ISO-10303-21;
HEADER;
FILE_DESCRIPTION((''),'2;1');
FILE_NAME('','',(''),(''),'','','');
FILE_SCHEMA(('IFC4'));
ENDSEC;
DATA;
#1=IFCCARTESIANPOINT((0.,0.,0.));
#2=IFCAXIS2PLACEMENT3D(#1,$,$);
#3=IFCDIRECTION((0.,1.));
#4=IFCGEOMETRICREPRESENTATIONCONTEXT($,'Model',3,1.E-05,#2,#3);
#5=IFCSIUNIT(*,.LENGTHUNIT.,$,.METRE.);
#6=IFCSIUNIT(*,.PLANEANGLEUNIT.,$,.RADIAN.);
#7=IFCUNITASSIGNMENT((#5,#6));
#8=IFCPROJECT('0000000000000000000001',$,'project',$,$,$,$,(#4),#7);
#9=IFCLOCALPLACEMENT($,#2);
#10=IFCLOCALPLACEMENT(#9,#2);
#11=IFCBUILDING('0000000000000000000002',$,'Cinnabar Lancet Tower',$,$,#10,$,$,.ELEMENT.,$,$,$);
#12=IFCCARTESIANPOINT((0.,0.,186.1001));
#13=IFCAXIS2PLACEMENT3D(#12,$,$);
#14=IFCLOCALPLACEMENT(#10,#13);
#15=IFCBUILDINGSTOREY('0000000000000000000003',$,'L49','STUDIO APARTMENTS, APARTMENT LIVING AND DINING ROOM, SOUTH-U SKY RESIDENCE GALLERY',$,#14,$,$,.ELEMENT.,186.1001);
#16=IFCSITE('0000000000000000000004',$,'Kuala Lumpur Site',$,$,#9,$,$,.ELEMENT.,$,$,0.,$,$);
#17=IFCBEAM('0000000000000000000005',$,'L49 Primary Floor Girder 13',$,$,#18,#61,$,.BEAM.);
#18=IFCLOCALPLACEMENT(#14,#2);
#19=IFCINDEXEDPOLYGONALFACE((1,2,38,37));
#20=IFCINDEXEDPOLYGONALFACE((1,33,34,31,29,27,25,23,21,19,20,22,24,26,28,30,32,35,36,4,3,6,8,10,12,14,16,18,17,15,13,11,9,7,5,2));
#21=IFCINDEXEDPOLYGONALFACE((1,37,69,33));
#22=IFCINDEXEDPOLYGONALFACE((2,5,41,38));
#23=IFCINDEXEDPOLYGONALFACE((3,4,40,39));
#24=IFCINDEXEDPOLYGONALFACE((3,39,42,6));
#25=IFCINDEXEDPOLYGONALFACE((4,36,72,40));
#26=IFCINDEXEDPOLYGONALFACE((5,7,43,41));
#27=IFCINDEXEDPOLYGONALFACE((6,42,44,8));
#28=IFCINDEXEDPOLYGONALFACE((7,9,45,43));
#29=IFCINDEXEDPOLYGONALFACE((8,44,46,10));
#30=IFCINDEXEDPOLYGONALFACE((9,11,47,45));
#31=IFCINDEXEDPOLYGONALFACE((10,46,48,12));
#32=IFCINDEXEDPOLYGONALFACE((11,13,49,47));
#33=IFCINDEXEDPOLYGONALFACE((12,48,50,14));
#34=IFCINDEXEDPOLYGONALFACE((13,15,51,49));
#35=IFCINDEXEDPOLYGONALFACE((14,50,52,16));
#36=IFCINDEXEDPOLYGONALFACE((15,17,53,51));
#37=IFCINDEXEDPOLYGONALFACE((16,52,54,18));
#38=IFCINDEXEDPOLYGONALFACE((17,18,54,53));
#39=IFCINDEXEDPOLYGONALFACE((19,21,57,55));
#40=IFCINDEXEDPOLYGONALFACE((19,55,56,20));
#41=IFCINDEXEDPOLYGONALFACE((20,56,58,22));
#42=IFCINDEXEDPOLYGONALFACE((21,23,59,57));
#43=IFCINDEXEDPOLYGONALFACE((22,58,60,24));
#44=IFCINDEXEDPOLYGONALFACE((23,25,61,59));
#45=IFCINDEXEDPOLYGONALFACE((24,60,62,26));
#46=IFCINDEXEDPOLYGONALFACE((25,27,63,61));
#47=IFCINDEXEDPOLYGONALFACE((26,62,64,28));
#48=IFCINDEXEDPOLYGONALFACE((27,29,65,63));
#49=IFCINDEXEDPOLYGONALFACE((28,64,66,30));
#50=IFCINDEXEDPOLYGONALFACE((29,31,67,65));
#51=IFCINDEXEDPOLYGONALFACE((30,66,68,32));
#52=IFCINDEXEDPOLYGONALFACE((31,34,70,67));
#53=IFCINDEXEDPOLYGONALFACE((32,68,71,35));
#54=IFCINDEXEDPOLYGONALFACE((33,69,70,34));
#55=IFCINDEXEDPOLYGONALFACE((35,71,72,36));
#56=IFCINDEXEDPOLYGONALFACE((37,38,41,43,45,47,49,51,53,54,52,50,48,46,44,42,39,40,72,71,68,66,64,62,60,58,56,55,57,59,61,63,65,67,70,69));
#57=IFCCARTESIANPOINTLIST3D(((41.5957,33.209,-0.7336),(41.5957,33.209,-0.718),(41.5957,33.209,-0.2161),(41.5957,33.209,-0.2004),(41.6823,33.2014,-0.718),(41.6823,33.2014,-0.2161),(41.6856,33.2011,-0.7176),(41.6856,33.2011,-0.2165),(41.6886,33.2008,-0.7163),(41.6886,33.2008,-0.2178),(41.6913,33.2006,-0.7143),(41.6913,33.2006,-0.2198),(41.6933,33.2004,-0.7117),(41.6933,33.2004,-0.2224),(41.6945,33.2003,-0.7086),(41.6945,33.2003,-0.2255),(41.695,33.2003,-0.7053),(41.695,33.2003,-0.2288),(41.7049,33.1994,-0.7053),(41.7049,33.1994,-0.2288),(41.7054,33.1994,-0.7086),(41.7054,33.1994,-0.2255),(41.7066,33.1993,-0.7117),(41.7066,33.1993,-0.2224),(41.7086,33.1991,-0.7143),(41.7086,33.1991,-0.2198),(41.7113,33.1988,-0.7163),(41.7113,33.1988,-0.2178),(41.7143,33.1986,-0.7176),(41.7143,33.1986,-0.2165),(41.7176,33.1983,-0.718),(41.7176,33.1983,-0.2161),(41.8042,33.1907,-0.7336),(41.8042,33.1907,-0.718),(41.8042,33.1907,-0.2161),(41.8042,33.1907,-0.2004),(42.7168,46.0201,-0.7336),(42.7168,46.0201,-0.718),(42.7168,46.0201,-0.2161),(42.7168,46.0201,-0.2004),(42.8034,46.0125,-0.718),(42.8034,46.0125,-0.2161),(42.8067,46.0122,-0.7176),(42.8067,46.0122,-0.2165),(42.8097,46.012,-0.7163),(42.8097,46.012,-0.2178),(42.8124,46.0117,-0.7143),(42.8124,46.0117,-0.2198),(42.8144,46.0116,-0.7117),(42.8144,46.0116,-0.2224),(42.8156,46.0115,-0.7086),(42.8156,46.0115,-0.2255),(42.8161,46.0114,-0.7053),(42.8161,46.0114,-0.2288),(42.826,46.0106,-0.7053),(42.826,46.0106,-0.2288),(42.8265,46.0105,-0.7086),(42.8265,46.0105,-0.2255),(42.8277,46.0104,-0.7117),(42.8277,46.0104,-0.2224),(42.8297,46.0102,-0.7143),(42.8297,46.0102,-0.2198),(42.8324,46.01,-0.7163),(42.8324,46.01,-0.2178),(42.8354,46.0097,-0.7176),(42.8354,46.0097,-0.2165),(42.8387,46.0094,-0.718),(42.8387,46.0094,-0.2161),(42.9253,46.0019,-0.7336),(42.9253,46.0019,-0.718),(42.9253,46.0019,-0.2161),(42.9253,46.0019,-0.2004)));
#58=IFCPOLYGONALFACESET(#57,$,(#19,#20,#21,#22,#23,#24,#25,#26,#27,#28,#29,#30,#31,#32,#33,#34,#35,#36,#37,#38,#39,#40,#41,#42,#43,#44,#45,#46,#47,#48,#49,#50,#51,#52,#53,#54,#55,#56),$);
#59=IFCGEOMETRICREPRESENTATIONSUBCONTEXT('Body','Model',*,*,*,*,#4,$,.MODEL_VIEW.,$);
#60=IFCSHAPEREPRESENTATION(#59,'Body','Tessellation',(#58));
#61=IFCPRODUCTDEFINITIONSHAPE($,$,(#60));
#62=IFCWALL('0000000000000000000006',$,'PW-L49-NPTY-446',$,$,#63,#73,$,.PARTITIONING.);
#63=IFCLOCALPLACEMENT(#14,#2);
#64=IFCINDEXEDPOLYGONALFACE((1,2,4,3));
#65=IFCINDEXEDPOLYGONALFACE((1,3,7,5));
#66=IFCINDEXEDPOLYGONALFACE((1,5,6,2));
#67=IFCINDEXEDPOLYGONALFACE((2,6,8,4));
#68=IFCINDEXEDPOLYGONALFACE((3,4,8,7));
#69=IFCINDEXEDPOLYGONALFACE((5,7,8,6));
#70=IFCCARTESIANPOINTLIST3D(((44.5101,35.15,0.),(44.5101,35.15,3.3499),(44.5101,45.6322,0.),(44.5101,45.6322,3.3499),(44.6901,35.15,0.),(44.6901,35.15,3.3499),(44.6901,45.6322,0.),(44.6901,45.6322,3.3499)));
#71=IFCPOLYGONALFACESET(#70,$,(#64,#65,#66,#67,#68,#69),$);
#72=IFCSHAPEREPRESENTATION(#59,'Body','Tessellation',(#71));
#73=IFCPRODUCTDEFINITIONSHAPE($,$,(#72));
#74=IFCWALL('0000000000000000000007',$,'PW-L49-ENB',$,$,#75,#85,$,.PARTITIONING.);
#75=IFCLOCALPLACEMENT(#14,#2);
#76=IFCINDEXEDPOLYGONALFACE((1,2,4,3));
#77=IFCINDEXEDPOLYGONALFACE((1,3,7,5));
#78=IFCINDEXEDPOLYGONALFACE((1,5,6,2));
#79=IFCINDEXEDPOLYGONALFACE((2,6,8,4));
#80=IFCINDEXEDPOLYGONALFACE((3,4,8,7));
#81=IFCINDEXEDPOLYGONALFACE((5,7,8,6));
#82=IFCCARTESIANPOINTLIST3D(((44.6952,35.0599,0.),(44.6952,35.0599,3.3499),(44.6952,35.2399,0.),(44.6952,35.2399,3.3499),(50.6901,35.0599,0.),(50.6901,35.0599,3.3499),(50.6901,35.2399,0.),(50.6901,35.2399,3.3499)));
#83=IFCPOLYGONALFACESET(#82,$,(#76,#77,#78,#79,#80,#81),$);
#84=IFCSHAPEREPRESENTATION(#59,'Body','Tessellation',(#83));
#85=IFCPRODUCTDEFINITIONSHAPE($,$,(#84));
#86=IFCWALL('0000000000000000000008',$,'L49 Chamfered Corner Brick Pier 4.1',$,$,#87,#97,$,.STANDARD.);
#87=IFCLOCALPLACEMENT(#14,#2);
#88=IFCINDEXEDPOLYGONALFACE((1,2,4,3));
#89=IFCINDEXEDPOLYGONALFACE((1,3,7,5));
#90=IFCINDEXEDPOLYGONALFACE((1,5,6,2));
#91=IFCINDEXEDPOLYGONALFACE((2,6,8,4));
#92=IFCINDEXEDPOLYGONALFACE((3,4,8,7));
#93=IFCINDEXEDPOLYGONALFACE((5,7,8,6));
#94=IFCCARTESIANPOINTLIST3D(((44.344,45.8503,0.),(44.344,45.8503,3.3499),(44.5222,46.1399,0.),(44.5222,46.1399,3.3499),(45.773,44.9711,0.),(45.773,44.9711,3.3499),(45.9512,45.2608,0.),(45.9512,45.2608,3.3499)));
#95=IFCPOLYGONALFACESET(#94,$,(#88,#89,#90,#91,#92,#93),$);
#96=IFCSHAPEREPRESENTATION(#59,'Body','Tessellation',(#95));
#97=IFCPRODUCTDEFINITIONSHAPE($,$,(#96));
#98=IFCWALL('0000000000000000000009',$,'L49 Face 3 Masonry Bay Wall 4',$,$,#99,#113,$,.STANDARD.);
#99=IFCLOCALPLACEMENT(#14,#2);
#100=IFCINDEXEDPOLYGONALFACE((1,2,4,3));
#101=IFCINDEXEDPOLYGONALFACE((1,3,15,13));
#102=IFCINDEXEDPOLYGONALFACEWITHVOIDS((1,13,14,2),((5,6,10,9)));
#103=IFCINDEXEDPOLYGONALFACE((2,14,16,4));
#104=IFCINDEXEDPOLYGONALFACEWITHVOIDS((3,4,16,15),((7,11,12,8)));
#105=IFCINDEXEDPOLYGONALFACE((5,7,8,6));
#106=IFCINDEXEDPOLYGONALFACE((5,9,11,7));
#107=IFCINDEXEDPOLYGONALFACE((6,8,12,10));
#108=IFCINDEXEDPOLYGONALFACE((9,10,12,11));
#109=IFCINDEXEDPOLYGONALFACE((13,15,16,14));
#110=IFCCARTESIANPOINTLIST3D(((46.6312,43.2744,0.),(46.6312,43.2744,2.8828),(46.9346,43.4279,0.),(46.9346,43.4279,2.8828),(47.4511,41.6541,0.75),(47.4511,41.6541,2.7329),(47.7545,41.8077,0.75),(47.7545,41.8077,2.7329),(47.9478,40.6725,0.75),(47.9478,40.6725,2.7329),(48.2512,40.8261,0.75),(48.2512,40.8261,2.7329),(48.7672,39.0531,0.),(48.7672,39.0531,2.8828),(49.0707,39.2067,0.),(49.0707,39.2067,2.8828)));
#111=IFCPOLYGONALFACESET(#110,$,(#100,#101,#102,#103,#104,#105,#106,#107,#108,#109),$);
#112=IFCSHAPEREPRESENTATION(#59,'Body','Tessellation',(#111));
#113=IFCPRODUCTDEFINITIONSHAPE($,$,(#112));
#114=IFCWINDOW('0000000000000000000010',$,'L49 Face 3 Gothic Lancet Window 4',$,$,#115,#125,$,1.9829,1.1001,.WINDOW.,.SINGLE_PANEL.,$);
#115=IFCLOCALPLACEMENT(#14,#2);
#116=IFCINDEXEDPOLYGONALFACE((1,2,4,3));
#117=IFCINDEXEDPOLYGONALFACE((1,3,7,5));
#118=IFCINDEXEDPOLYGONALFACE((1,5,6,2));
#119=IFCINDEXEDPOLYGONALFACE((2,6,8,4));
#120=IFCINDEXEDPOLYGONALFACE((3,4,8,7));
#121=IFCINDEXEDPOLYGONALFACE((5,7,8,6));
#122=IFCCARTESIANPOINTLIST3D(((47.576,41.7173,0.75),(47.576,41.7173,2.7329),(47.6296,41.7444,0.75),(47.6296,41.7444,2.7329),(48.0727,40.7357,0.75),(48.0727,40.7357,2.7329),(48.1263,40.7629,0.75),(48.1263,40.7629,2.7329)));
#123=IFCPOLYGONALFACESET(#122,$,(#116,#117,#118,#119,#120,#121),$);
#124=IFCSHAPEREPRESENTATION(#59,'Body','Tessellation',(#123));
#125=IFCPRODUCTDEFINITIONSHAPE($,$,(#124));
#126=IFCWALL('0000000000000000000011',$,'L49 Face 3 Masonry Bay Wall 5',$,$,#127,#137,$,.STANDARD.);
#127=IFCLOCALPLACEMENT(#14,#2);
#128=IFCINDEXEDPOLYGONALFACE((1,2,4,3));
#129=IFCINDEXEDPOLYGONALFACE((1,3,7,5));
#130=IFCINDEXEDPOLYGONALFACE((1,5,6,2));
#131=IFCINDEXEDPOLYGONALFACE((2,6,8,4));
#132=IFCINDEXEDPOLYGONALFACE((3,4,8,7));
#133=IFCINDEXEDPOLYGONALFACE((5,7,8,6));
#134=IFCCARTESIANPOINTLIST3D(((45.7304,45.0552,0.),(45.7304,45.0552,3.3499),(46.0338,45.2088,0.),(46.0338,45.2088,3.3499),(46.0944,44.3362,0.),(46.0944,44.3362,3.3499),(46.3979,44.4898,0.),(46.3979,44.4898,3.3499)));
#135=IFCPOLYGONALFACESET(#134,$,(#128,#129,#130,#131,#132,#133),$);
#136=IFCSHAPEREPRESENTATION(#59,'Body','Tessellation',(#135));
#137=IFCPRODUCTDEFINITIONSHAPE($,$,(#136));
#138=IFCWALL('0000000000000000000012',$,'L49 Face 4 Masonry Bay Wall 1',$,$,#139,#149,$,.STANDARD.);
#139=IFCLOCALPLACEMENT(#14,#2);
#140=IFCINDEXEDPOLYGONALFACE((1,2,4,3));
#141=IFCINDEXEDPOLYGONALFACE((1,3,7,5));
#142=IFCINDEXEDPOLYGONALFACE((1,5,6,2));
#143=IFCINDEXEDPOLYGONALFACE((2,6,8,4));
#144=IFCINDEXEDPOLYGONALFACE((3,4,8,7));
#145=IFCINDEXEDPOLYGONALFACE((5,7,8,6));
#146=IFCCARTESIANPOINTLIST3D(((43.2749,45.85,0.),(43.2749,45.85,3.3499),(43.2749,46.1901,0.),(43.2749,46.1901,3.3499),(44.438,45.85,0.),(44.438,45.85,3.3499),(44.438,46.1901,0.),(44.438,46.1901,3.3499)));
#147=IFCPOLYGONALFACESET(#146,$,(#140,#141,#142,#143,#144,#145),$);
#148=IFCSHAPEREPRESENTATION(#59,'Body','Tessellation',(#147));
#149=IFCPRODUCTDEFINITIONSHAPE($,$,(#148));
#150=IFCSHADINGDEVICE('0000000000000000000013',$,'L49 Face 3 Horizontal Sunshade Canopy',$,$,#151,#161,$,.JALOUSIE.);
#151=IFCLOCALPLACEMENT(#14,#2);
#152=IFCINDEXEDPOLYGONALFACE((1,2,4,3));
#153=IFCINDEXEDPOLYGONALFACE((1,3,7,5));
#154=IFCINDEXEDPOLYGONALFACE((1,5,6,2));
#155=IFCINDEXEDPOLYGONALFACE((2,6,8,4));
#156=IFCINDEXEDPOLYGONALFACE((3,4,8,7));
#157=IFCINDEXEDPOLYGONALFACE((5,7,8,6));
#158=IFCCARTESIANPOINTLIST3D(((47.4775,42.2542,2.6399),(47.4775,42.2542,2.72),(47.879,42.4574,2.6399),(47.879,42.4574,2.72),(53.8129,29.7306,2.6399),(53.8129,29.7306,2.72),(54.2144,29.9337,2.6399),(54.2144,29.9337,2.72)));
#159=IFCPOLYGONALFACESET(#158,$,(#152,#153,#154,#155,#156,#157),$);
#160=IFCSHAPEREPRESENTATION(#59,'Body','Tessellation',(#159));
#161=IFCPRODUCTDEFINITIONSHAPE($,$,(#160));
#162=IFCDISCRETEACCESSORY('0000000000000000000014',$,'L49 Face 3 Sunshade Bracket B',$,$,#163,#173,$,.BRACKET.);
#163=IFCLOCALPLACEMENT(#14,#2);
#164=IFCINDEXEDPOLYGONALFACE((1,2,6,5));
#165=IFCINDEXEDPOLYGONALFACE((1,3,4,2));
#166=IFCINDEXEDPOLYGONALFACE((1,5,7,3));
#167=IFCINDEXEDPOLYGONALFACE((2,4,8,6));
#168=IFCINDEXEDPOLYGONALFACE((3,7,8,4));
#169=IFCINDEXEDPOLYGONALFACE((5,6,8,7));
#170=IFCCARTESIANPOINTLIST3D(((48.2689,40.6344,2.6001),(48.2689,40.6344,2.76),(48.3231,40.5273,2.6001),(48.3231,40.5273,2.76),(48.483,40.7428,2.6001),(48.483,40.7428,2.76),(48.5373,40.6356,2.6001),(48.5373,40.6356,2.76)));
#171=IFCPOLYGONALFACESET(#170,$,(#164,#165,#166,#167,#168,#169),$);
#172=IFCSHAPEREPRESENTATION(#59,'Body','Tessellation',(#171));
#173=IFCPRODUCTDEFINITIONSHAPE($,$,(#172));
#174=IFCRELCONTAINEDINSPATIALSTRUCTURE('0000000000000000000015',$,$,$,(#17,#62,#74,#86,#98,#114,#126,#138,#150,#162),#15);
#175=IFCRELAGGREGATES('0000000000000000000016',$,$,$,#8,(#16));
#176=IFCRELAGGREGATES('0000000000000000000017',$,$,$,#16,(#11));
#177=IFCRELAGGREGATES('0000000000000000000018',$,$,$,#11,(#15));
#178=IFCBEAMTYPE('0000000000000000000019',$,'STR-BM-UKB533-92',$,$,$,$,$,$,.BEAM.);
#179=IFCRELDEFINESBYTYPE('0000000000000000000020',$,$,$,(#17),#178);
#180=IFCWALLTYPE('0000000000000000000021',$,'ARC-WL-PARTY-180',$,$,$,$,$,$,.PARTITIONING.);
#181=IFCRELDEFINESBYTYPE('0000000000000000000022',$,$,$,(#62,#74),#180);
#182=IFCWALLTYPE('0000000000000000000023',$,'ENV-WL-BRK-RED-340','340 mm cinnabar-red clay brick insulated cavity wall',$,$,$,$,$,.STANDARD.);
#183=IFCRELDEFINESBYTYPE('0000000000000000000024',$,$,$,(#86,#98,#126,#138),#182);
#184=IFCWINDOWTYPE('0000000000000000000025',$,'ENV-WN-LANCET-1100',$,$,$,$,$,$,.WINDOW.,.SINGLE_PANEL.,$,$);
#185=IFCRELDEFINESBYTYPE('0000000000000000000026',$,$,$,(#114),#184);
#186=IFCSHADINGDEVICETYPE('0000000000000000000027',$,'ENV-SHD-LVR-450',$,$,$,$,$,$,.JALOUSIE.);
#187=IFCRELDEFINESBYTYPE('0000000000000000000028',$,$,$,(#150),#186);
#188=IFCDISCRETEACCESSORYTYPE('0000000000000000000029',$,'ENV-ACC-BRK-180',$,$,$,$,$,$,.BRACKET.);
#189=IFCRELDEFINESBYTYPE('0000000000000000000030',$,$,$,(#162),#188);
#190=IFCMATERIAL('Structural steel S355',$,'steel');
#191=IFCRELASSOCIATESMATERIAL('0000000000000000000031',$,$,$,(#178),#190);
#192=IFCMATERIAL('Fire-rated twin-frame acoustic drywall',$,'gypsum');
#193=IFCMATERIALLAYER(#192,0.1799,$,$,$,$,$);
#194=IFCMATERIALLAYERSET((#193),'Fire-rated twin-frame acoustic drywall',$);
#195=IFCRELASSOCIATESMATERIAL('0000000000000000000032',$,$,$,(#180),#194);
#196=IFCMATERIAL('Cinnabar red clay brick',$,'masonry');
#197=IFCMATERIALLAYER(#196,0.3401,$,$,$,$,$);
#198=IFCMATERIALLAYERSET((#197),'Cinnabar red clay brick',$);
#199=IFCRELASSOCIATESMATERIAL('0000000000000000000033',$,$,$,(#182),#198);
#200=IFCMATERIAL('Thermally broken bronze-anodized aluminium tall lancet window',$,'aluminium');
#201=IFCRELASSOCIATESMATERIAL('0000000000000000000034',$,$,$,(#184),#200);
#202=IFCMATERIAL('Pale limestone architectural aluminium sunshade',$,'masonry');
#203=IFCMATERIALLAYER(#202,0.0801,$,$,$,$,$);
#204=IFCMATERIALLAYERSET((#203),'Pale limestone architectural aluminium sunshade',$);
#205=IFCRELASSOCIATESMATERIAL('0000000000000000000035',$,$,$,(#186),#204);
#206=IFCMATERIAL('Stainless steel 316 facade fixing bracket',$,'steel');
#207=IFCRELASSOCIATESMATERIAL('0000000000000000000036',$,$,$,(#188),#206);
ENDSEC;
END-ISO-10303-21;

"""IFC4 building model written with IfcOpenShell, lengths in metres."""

from ifc_helpers import new_model, si_unit, direction, frame, frame_2d, origin, origin_2d, place, context, subcontext, project, spatial, rectangle, i_section, extrude, material, layer, layer_set, material_profile, profile_set, type_object, element, fill, save


model = new_model("IFC4")

# Units and contexts
model_context = context("Model", 3, precision=1e-05, world=origin(), true_north=direction((0.0, 1.0)))
body_context = subcontext(model_context, "Body", "Model", "MODEL_VIEW")
ifc_project = project(units=[si_unit("LENGTHUNIT", "METRE"), si_unit("PLANEANGLEUNIT", "RADIAN")], contexts=[model_context])

# Site, building, storey
site_placement = place(None, origin())
site = spatial("IfcSite", under=ifc_project, at=site_placement, Name="Kuala Lumpur Site", CompositionType="ELEMENT", RefElevation=0.0)
building_placement = place(site_placement, origin())
building = spatial("IfcBuilding", under=site, at=building_placement, Name="Cinnabar Lancet Tower", CompositionType="ELEMENT")
storey_placement = place(building_placement, frame((0.0, 0.0, 186.1001)))
storey = spatial("IfcBuildingStorey", under=building, at=storey_placement, Name="L49", Description="STUDIO APARTMENTS, APARTMENT LIVING AND DINING ROOM, SOUTH-U SKY RESIDENCE GALLERY", CompositionType="ELEMENT", Elevation=186.1001)

# Beam
ifc_material_1 = material(Name="Structural steel S355", Category="steel")
ifc_material_profile_1 = material_profile(ifc_material_1, i_section(OverallWidth=0.2092, OverallDepth=0.5332, WebThickness=0.01, FlangeThickness=0.0156, FilletRadius=0.0127, at=origin_2d()), Name="UKB 533x210x92")
ifc_profile_set_1 = profile_set([ifc_material_profile_1], Name="Structural steel S355")
beam_type_1 = type_object("IfcBeamType", Name="STR-BM-UKB533-92", PredefinedType="BEAM", material=ifc_profile_set_1)
beam_1_placement = place(storey_placement, frame((42.821, 46.011, -0.467), z_axis=(-0.087177, -0.996193, 0.0), x_axis=(0.996193, -0.087177, 0.0)))
element("IfcBeam", 1, at=beam_1_placement, inside=storey, type_object=beam_type_1, Name="L49 Primary Floor Girder 13", PredefinedType="BEAM", context=body_context, shape_type="SweptSolid", body=[
    extrude(i_section(OverallWidth=0.2092, OverallDepth=0.5332, WebThickness=0.01, FlangeThickness=0.0156, FilletRadius=0.0127, at=origin_2d()), origin(), (0.0, 0.0, 1.0), 12.8601),
])

# Walls
ifc_material_2 = material(Name="Fire-rated twin-frame acoustic drywall", Category="gypsum")
ifc_layer_1 = layer(ifc_material_2, 0.1799)
ifc_layer_set_1 = layer_set([ifc_layer_1], Name="Fire-rated twin-frame acoustic drywall")
wall_type_1 = type_object("IfcWallType", Name="ARC-WL-PARTY-180", PredefinedType="PARTITIONING", material=ifc_layer_set_1)
wall_1_placement = place(storey_placement, frame((44.6001, 35.1499, 0.0), z_axis=(0.0, 0.0, 1.0), x_axis=(0.0, 1.0, 0.0)))
element("IfcWall", 2, at=wall_1_placement, inside=storey, type_object=wall_type_1, Name="PW-L49-NPTY-446", PredefinedType="PARTITIONING", context=body_context, shape_type="SweptSolid", body=[
    extrude(rectangle(XDim=10.4822, YDim=0.1799, at=frame_2d((5.2412, 0.0))), origin(), (0.0, 0.0, 1.0), 3.3499),
])
wall_2_placement = place(storey_placement, frame((44.6951, 35.1499, 0.0), z_axis=(0.0, 0.0, 1.0), x_axis=(1.0, 0.0, 0.0)))
element("IfcWall", 3, at=wall_2_placement, inside=storey, type_object=wall_type_1, Name="PW-L49-ENB", PredefinedType="PARTITIONING", context=body_context, shape_type="SweptSolid", body=[
    extrude(rectangle(XDim=5.9949, YDim=0.1799, at=frame_2d((2.9976, 0.0))), origin(), (0.0, 0.0, 1.0), 3.3499),
])
ifc_material_3 = material(Name="Cinnabar red clay brick", Category="masonry")
ifc_layer_2 = layer(ifc_material_3, 0.3401)
ifc_layer_set_2 = layer_set([ifc_layer_2], Name="Cinnabar red clay brick")
wall_type_2 = type_object("IfcWallType", Name="ENV-WL-BRK-RED-340", Description="340 mm cinnabar-red clay brick insulated cavity wall", PredefinedType="STANDARD", material=ifc_layer_set_2)
wall_3_placement = place(storey_placement, frame((45.8621, 45.116, 0.0), z_axis=(0.0, 0.0, 1.0), x_axis=(-0.851713, 0.524008, 0.0)))
element("IfcWall", 4, at=wall_3_placement, inside=storey, type_object=wall_type_2, Name="L49 Chamfered Corner Brick Pier 4.1", PredefinedType="STANDARD", context=body_context, shape_type="SweptSolid", body=[
    extrude(rectangle(XDim=1.6777, YDim=0.3401, at=frame_2d((0.8389, 0.0))), origin(), (0.0, 0.0, 1.0), 3.3499),
])

# Wall, opening, window
wall_4_placement = place(storey_placement, frame((48.9189, 39.1299, 0.0), z_axis=(0.0, 0.0, 1.0), x_axis=(-0.451502, 0.89227, 0.0)))
wall_4 = element("IfcWall", 5, at=wall_4_placement, inside=storey, type_object=wall_type_2, Name="L49 Face 3 Masonry Bay Wall 4", PredefinedType="STANDARD", context=body_context, shape_type="SweptSolid", body=[
    extrude(rectangle(XDim=4.731, YDim=0.3401, at=frame_2d((2.3655, 0.0))), origin(), (0.0, 0.0, 1.0), 2.8828),
])
opening_placement = place(wall_4_placement, frame((1.8149, 0.0, 0.75)))
opening = element("IfcOpeningElement", 6, at=opening_placement, cuts=wall_4, PredefinedType="OPENING", context=body_context, shape_type="SweptSolid", body=[
    extrude(rectangle(XDim=1.1001, YDim=1.9829, at=frame_2d((0.55, 0.9915))), frame((0.0, 0.1799, 0.0), z_axis=(0.0, -1.0, 0.0), x_axis=(1.0, 0.0, 0.0)), (0.0, 0.0, 1.0), 0.3601),
])
ifc_material_4 = material(Name="Thermally broken bronze-anodized aluminium tall lancet window", Category="aluminium")
window_type = type_object("IfcWindowType", Name="ENV-WN-LANCET-1100", PartitioningType="SINGLE_PANEL", PredefinedType="WINDOW", material=ifc_material_4)
window_placement = place(opening_placement, origin())
window = element("IfcWindow", 7, at=window_placement, inside=storey, type_object=window_type, Name="L49 Face 3 Gothic Lancet Window 4", OverallHeight=1.9829, OverallWidth=1.1001, PartitioningType="SINGLE_PANEL", PredefinedType="WINDOW", context=body_context, shape_type="SweptSolid", body=[
    extrude(rectangle(XDim=1.1001, YDim=1.9829, at=frame_2d((0.55, 0.9915))), frame((0.0, 0.03, 0.0), z_axis=(0.0, -1.0, 0.0), x_axis=(1.0, 0.0, 0.0)), (0.0, 0.0, 1.0), 0.0601),
])
fill(opening, window)

# Walls
wall_5_placement = place(storey_placement, frame((46.2461, 44.4131, 0.0), z_axis=(0.0, 0.0, 1.0), x_axis=(-0.451692, 0.892174, 0.0)))
element("IfcWall", 8, at=wall_5_placement, inside=storey, type_object=wall_type_2, Name="L49 Face 3 Masonry Bay Wall 5", PredefinedType="STANDARD", context=body_context, shape_type="SweptSolid", body=[
    extrude(rectangle(XDim=0.8059, YDim=0.3401, at=frame_2d((0.4028, 0.0))), origin(), (0.0, 0.0, 1.0), 3.3499),
])
wall_6_placement = place(storey_placement, frame((44.438, 46.02, 0.0), z_axis=(0.0, 0.0, 1.0), x_axis=(-1.0, 0.0, 0.0)))
element("IfcWall", 9, at=wall_6_placement, inside=storey, type_object=wall_type_2, Name="L49 Face 4 Masonry Bay Wall 1", PredefinedType="STANDARD", context=body_context, shape_type="SweptSolid", body=[
    extrude(rectangle(XDim=1.1631, YDim=0.3401, at=frame_2d((0.5815, 0.0))), origin(), (0.0, 0.0, 1.0), 3.3499),
])

# Shading device
ifc_material_5 = material(Name="Pale limestone architectural aluminium sunshade", Category="masonry")
ifc_layer_3 = layer(ifc_material_5, 0.0801)
ifc_layer_set_3 = layer_set([ifc_layer_3], Name="Pale limestone architectural aluminium sunshade")
shading_device_type = type_object("IfcShadingDeviceType", Name="ENV-SHD-LVR-450", PredefinedType="JALOUSIE", material=ifc_layer_set_3)
shading_device_placement = place(storey_placement, frame((50.8459, 36.094, 2.6399), z_axis=(0.0, 0.0, 1.0), x_axis=(-0.451407, 0.892318, 0.0)))
element("IfcShadingDevice", 10, at=shading_device_placement, inside=storey, type_object=shading_device_type, Name="L49 Face 3 Horizontal Sunshade Canopy", PredefinedType="JALOUSIE", context=body_context, shape_type="SweptSolid", body=[
    extrude(rectangle(XDim=14.0349, YDim=0.45, at=origin_2d()), origin(), (0.0, 0.0, 1.0), 0.0801),
])

# Discrete accessory
ifc_material_6 = material(Name="Stainless steel 316 facade fixing bracket", Category="steel")
discrete_accessory_type = type_object("IfcDiscreteAccessoryType", Name="ENV-ACC-BRK-180", PredefinedType="BRACKET", material=ifc_material_6)
discrete_accessory_placement = place(storey_placement, frame((48.4031, 40.635, 2.6001), z_axis=(0.0, 0.0, 1.0), x_axis=(-0.451407, 0.892318, 0.0)))
element("IfcDiscreteAccessory", 11, at=discrete_accessory_placement, inside=storey, type_object=discrete_accessory_type, Name="L49 Face 3 Sunshade Bracket B", PredefinedType="BRACKET", context=body_context, shape_type="SweptSolid", body=[
    extrude(rectangle(XDim=0.1201, YDim=0.24, at=origin_2d()), origin(), (0.0, 0.0, 1.0), 0.1599),
])

save(model, "model.ifc")
